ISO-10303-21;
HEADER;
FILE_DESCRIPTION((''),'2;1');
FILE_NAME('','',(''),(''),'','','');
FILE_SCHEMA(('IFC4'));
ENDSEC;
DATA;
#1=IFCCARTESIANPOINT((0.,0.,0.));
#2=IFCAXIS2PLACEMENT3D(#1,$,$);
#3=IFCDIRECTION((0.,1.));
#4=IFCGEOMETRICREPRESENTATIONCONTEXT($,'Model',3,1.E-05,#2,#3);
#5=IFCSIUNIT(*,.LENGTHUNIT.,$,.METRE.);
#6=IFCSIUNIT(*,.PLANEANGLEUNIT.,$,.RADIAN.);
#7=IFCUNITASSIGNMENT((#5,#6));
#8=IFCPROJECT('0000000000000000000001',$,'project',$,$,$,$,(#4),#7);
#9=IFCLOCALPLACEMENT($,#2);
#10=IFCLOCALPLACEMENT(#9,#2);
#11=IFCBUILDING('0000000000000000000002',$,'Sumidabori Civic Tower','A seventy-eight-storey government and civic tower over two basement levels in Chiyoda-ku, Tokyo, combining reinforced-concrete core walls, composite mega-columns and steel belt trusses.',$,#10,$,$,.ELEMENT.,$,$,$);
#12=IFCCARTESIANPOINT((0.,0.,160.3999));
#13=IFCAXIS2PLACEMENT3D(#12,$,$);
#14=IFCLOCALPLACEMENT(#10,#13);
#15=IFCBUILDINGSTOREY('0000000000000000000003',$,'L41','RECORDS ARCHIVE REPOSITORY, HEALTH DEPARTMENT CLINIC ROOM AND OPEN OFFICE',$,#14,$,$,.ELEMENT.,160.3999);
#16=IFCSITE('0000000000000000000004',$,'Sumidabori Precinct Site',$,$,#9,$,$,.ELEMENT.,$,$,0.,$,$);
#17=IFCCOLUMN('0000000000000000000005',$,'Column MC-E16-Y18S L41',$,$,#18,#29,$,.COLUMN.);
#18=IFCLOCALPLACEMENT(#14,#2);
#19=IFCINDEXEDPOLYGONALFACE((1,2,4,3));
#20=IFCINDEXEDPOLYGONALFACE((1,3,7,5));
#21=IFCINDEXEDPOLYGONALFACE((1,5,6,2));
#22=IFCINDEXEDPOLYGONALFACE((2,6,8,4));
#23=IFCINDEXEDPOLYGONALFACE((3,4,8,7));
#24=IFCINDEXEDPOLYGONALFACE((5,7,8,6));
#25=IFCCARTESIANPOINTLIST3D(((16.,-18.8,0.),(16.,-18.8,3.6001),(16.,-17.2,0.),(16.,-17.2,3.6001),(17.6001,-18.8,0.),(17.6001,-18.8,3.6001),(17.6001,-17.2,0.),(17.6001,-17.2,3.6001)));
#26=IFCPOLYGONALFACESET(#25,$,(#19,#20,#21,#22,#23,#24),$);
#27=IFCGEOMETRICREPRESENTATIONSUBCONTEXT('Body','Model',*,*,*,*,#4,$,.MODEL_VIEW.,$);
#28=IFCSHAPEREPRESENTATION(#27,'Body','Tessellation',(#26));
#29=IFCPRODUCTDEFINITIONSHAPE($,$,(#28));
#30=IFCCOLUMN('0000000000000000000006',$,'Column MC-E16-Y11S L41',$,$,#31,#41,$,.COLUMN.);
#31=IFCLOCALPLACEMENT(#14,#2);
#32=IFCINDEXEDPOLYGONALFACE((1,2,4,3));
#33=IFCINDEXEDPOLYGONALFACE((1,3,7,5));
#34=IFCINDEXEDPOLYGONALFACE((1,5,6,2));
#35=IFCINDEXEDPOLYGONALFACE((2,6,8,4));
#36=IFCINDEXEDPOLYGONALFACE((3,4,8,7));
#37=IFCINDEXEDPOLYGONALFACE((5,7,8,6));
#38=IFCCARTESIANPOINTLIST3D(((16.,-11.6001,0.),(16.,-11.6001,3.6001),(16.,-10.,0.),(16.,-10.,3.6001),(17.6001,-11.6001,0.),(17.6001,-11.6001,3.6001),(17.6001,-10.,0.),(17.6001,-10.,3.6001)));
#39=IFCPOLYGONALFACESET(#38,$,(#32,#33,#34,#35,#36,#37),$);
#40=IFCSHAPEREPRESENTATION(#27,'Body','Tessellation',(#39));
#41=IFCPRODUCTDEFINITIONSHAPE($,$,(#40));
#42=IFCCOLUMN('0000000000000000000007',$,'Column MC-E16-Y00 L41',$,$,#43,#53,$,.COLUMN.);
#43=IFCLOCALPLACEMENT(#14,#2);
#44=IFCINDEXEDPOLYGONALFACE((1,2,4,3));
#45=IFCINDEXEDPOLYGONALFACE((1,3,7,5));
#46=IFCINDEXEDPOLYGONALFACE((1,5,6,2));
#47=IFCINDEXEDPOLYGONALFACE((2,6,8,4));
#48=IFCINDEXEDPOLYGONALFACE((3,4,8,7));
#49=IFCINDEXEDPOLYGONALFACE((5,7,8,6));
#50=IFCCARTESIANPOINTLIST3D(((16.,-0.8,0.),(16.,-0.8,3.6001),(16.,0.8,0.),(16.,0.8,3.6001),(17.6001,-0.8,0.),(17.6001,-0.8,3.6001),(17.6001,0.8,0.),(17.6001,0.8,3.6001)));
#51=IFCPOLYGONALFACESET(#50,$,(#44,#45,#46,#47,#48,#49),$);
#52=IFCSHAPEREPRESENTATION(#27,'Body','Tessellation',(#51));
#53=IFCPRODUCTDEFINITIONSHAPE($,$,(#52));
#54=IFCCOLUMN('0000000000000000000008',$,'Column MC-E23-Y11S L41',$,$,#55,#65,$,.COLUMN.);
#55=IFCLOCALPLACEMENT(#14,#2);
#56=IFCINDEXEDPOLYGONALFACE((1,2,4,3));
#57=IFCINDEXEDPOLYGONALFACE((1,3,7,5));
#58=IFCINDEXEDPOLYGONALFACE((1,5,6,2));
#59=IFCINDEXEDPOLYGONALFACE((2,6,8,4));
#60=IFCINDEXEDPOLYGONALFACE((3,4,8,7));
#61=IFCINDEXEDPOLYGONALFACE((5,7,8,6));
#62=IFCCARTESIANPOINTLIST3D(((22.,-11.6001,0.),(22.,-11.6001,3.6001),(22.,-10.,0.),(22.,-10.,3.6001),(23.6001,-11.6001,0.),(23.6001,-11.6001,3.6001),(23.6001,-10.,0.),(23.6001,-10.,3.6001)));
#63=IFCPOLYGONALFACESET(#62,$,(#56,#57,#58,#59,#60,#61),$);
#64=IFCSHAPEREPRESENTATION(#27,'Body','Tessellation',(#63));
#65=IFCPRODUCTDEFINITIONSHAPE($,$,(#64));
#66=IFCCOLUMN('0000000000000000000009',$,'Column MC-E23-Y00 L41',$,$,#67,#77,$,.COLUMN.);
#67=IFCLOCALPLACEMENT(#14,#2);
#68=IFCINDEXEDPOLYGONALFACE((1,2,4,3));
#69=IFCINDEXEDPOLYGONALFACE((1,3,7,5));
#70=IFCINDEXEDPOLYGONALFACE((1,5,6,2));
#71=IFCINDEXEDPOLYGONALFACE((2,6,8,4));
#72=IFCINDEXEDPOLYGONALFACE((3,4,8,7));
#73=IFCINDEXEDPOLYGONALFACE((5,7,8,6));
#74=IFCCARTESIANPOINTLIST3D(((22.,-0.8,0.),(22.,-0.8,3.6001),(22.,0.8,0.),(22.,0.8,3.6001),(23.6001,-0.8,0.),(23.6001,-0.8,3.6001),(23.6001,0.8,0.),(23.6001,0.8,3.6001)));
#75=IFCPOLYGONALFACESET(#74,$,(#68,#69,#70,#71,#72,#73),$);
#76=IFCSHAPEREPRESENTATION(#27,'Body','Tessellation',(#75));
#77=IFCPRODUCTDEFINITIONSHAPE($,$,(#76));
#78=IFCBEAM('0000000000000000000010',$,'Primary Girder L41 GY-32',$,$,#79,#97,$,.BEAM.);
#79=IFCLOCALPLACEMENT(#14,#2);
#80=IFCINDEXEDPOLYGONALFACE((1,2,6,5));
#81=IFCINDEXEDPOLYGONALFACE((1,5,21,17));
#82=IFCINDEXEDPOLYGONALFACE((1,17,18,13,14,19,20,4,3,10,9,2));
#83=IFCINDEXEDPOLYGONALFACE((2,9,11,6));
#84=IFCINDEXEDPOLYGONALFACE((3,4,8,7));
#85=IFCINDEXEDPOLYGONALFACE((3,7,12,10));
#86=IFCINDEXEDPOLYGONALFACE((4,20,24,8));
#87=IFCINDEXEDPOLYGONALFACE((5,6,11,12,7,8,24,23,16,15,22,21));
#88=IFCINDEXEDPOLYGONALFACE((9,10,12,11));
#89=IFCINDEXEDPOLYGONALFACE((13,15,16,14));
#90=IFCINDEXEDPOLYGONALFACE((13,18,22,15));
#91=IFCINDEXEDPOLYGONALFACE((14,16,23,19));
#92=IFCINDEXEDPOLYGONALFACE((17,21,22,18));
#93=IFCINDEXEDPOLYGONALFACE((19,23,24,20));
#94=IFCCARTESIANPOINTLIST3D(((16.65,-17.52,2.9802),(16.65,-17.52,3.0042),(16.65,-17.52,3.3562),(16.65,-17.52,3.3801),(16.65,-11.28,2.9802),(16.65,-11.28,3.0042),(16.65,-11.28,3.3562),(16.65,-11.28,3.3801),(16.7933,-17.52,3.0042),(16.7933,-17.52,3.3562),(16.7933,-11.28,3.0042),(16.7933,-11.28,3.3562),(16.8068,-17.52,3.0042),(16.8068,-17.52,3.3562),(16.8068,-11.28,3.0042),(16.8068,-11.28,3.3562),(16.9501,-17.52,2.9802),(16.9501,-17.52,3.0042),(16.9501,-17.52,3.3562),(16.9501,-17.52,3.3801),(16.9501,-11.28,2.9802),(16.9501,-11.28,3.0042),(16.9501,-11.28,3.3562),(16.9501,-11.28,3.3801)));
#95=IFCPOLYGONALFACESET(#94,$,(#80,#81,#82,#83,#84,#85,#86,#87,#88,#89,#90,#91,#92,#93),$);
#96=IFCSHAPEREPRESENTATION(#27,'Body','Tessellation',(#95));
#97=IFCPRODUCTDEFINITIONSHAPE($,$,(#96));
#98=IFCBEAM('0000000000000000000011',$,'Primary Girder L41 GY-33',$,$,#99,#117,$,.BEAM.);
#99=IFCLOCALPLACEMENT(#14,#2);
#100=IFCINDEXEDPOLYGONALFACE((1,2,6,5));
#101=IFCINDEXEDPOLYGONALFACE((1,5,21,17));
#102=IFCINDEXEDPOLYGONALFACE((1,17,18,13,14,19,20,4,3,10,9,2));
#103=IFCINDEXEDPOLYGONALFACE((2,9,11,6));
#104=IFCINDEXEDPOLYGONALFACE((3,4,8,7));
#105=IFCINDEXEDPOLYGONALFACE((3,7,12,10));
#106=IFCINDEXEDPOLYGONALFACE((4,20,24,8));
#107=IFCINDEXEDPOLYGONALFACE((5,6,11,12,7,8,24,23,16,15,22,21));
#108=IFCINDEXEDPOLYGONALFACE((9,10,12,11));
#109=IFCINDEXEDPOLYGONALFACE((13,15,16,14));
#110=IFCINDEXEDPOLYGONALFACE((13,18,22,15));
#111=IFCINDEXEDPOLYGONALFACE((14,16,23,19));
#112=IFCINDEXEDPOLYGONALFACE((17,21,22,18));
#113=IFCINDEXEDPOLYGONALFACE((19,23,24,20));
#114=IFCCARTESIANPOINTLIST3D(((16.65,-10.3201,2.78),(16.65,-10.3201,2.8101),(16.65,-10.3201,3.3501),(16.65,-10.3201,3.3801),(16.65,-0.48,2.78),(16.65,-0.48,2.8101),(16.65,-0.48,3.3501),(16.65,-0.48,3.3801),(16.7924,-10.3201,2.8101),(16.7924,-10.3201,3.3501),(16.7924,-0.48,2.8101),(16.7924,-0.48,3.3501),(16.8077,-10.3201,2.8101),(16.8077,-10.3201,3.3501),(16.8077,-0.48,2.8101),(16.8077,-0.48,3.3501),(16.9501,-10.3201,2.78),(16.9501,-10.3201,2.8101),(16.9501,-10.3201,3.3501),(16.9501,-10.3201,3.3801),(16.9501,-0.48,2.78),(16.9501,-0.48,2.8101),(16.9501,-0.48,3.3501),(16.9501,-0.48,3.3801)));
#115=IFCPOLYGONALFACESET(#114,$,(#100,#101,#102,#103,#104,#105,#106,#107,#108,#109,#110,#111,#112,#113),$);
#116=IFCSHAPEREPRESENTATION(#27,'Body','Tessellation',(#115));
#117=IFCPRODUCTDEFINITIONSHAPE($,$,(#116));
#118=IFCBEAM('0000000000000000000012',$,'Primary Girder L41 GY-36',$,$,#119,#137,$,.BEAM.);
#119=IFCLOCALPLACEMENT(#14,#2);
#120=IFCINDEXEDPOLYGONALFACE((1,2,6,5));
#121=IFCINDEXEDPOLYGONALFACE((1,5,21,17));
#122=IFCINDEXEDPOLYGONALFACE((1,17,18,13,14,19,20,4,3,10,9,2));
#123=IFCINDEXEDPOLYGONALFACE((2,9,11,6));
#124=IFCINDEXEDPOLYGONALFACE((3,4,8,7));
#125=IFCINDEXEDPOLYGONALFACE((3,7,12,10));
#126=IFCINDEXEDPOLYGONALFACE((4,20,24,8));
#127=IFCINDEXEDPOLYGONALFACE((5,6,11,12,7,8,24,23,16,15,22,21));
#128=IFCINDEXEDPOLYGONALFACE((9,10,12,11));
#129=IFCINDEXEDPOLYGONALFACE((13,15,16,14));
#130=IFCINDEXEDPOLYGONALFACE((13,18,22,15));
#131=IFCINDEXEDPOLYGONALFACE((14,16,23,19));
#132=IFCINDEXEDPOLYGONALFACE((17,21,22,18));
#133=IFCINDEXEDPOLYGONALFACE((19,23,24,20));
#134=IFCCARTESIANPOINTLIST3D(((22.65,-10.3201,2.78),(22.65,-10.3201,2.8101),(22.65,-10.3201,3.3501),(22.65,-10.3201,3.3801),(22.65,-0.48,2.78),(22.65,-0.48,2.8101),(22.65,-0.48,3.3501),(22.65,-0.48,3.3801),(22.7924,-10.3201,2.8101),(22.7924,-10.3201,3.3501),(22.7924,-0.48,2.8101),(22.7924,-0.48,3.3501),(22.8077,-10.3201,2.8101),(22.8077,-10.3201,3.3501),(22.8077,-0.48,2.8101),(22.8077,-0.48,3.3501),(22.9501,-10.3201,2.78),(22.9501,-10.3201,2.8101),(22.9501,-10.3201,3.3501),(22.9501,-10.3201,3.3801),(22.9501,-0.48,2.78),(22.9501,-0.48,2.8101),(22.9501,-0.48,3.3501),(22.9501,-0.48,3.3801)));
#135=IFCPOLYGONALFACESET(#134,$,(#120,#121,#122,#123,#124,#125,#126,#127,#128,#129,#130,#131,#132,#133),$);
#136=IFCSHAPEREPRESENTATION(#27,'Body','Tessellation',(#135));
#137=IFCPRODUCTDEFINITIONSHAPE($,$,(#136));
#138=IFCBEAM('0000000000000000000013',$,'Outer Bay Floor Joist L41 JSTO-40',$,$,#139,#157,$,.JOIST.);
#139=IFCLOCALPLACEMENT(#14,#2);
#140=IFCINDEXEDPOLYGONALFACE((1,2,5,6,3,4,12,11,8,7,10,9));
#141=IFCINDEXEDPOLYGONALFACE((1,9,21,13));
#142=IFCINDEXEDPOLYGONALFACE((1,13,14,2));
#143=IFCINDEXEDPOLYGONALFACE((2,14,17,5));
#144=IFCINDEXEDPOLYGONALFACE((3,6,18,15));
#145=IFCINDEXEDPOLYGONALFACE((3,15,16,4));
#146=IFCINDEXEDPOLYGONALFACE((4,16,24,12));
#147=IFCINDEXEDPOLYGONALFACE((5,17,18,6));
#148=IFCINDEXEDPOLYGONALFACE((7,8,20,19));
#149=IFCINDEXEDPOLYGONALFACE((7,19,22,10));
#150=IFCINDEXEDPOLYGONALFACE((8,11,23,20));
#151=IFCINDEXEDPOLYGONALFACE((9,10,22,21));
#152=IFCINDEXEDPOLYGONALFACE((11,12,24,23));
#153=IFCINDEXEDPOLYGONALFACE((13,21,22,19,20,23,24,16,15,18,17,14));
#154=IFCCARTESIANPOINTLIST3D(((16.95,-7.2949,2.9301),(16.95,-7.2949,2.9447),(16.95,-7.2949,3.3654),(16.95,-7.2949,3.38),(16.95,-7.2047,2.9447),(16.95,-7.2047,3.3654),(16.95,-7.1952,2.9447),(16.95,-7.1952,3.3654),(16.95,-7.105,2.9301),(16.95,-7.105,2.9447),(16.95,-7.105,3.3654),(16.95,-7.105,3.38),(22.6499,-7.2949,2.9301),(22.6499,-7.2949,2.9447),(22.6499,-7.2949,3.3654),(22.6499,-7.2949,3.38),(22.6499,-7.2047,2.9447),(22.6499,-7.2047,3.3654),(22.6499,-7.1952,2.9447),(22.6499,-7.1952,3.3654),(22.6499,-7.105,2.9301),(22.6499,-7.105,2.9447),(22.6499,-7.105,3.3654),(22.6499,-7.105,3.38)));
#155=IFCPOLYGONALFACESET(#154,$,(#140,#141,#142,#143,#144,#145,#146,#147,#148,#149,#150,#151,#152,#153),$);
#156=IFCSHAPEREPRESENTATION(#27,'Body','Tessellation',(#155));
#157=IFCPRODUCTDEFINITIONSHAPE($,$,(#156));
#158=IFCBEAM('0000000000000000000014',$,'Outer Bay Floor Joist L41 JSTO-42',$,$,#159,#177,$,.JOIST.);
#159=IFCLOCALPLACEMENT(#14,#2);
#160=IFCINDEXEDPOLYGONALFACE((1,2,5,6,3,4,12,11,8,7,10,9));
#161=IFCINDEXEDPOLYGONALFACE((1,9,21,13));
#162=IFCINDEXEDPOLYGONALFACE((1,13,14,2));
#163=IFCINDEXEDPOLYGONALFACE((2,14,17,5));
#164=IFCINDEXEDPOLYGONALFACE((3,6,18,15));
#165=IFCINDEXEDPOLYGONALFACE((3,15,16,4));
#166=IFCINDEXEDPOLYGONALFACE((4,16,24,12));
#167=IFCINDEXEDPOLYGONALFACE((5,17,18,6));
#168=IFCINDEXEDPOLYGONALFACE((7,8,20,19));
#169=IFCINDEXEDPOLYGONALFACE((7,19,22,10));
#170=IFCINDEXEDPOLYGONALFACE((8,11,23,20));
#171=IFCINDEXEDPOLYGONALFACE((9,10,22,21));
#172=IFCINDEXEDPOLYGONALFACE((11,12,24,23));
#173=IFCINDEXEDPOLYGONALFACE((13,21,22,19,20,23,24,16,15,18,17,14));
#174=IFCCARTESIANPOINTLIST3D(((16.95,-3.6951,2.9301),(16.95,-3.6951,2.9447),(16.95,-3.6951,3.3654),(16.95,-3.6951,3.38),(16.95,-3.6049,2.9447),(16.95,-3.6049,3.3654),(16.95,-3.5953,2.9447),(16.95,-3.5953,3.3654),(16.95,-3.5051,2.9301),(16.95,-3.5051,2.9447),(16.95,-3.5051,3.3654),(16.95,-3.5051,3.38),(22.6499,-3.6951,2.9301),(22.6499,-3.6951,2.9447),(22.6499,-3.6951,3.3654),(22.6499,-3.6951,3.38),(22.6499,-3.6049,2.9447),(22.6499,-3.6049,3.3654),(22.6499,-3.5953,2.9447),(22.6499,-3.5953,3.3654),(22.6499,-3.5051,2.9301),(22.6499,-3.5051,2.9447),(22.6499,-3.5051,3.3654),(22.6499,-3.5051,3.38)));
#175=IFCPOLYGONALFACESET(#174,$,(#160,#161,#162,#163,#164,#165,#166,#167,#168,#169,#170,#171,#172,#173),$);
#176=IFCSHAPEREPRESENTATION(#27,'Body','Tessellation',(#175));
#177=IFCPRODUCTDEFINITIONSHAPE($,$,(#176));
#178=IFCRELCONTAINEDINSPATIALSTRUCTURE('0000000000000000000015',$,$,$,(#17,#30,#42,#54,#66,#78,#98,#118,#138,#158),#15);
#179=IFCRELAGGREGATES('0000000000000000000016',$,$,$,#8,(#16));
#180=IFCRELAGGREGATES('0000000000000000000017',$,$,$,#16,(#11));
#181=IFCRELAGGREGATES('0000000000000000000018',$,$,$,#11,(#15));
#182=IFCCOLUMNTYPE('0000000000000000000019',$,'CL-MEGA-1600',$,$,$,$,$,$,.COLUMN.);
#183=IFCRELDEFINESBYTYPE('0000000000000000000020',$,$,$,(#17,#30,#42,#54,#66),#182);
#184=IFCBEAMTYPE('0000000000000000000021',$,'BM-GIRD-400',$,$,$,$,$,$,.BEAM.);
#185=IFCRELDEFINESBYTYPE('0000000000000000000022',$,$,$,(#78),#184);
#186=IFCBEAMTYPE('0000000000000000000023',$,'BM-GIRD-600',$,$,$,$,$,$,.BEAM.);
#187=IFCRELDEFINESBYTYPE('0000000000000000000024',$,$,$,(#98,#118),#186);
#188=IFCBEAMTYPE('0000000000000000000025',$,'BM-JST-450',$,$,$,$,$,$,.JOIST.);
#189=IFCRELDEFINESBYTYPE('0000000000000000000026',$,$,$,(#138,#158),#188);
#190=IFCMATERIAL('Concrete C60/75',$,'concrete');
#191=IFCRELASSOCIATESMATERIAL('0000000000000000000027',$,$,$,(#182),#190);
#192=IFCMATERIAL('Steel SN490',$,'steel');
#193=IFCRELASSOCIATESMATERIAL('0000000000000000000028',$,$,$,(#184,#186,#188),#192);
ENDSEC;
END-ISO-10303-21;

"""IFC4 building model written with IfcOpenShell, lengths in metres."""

from ifc_helpers import new_model, si_unit, direction, frame, origin, origin_2d, place, context, subcontext, project, spatial, rectangle, i_section, extrude, source, transform, mapped, material, material_profile, profile_set, type_object, element, save


model = new_model("IFC4")

# Units and contexts
model_context = context("Model", 3, precision=1e-05, world=origin(), true_north=direction((0.0, 1.0)))
body_context = subcontext(model_context, "Body", "Model", "MODEL_VIEW")
ifc_project = project(units=[si_unit("LENGTHUNIT", "METRE"), si_unit("PLANEANGLEUNIT", "RADIAN")], contexts=[model_context])

# Site, building, storey
site_placement = place(None, origin())
site = spatial("IfcSite", under=ifc_project, at=site_placement, Name="Sumidabori Precinct Site", CompositionType="ELEMENT", RefElevation=0.0)
building_placement = place(site_placement, origin())
building = spatial("IfcBuilding", under=site, at=building_placement, Name="Sumidabori Civic Tower", Description="A seventy-eight-storey government and civic tower over two basement levels in Chiyoda-ku, Tokyo, combining reinforced-concrete core walls, composite mega-columns and steel belt trusses.", CompositionType="ELEMENT")
storey_placement = place(building_placement, frame((0.0, 0.0, 160.3999)))
storey = spatial("IfcBuildingStorey", under=building, at=storey_placement, Name="L41", Description="RECORDS ARCHIVE REPOSITORY, HEALTH DEPARTMENT CLINIC ROOM AND OPEN OFFICE", CompositionType="ELEMENT", Elevation=160.3999)

# Columns
ifc_material_1 = material(Name="Concrete C60/75", Category="concrete")
ifc_material_profile_1 = material_profile(ifc_material_1, rectangle(XDim=1.6001, YDim=1.6001, at=origin_2d()), Name="RC 1600x1600")
ifc_profile_set_1 = profile_set([ifc_material_profile_1], Name="Concrete C60/75")
column_type = type_object("IfcColumnType", Name="CL-MEGA-1600", PredefinedType="COLUMN", material=ifc_profile_set_1)
shared_shape_1 = source(origin(), body_context, "Body", "SweptSolid", [
    extrude(rectangle(XDim=1.6001, YDim=1.6001, at=origin_2d()), origin(), (0.0, 0.0, 1.0), 3.6001),
])
for number, where, z_axis, x_axis, name in (
    (1, (16.8, -18.0, 0.0), (0.0, 0.0, 1.0), (1.0, 0.0, 0.0), "Column MC-E16-Y18S L41"),
    (2, (16.8, -10.8, 0.0), (0.0, 0.0, 1.0), (1.0, 0.0, 0.0), "Column MC-E16-Y11S L41"),
    (3, (16.8, 0.0, 0.0), (0.0, 0.0, 1.0), (1.0, 0.0, 0.0), "Column MC-E16-Y00 L41"),
    (4, (22.8, -10.8, 0.0), (0.0, 0.0, 1.0), (1.0, 0.0, 0.0), "Column MC-E23-Y11S L41"),
    (5, (22.8, 0.0, 0.0), (0.0, 0.0, 1.0), (1.0, 0.0, 0.0), "Column MC-E23-Y00 L41"),
):
    element("IfcColumn", number, at=place(storey_placement, frame(where, z_axis=z_axis, x_axis=x_axis)), inside=storey, type_object=column_type, Name=name, PredefinedType="COLUMN", context=body_context, shape_type="MappedRepresentation", body=[
        mapped(shared_shape_1, transform((0.0, 0.0, 0.0), x_axis=(1.0, 0.0, 0.0), y_axis=(0.0, 1.0, 0.0), z_axis=(0.0, 0.0, 1.0), scale=1.0)),
    ])

# Beams
ifc_material_2 = material(Name="Steel SN490", Category="steel")
ifc_material_profile_2 = material_profile(ifc_material_2, i_section(OverallWidth=0.3, OverallDepth=0.3999, WebThickness=0.0134, FlangeThickness=0.0239, at=origin_2d()), Name="HE 400 B")
ifc_profile_set_2 = profile_set([ifc_material_profile_2], Name="Steel SN490")
beam_type_1 = type_object("IfcBeamType", Name="BM-GIRD-400", PredefinedType="BEAM", material=ifc_profile_set_2)
shared_shape_2 = source(origin(), body_context, "Body", "SweptSolid", [
    extrude(i_section(OverallWidth=0.3, OverallDepth=0.3999, WebThickness=0.0134, FlangeThickness=0.0239, at=origin_2d()), origin(), (0.0, 0.0, 1.0), 6.24),
])
beam_placement = place(storey_placement, frame((16.8, -17.52, 3.1802), z_axis=(0.0, 1.0, 0.0), x_axis=(-1.0, 0.0, 0.0)))
element("IfcBeam", 6, at=beam_placement, inside=storey, type_object=beam_type_1, Name="Primary Girder L41 GY-32", PredefinedType="BEAM", context=body_context, shape_type="MappedRepresentation", body=[
    mapped(shared_shape_2, transform((0.0, 0.0, 0.0), x_axis=(1.0, 0.0, 0.0), y_axis=(0.0, 1.0, 0.0), z_axis=(0.0, 0.0, 1.0), scale=1.0)),
])
ifc_material_profile_3 = material_profile(ifc_material_2, i_section(OverallWidth=0.3, OverallDepth=0.6001, WebThickness=0.0154, FlangeThickness=0.03, at=origin_2d()), Name="HE 600 B")
ifc_profile_set_3 = profile_set([ifc_material_profile_3], Name="Steel SN490")
beam_type_2 = type_object("IfcBeamType", Name="BM-GIRD-600", PredefinedType="BEAM", material=ifc_profile_set_3)
shared_shape_3 = source(origin(), body_context, "Body", "SweptSolid", [
    extrude(i_section(OverallWidth=0.3, OverallDepth=0.6001, WebThickness=0.0154, FlangeThickness=0.03, at=origin_2d()), origin(), (0.0, 0.0, 1.0), 9.8401),
])
for number, where, z_axis, x_axis, name in (
    (7, (16.8, -10.3201, 3.0801), (0.0, 1.0, 0.0), (-1.0, 0.0, 0.0), "Primary Girder L41 GY-33"),
    (8, (22.8, -10.3201, 3.0801), (0.0, 1.0, 0.0), (-1.0, 0.0, 0.0), "Primary Girder L41 GY-36"),
):
    element("IfcBeam", number, at=place(storey_placement, frame(where, z_axis=z_axis, x_axis=x_axis)), inside=storey, type_object=beam_type_2, Name=name, PredefinedType="BEAM", context=body_context, shape_type="MappedRepresentation", body=[
        mapped(shared_shape_3, transform((0.0, 0.0, 0.0), x_axis=(1.0, 0.0, 0.0), y_axis=(0.0, 1.0, 0.0), z_axis=(0.0, 0.0, 1.0), scale=1.0)),
    ])
ifc_material_profile_4 = material_profile(ifc_material_2, i_section(OverallWidth=0.1899, OverallDepth=0.45, WebThickness=0.0095, FlangeThickness=0.0146, at=origin_2d()), Name="IPE 450")
ifc_profile_set_4 = profile_set([ifc_material_profile_4], Name="Steel SN490")
beam_type_3 = type_object("IfcBeamType", Name="BM-JST-450", PredefinedType="JOIST", material=ifc_profile_set_4)
shared_shape_4 = source(origin(), body_context, "Body", "SweptSolid", [
    extrude(i_section(OverallWidth=0.1899, OverallDepth=0.45, WebThickness=0.0095, FlangeThickness=0.0146, at=origin_2d()), origin(), (0.0, 0.0, 1.0), 5.7),
])
for number, where, z_axis, x_axis, name in (
    (9, (16.95, -7.2, 3.155), (1.0, 0.0, 0.0), (0.0, 1.0, 0.0), "Outer Bay Floor Joist L41 JSTO-40"),
    (10, (16.95, -3.6001, 3.155), (1.0, 0.0, 0.0), (0.0, 1.0, 0.0), "Outer Bay Floor Joist L41 JSTO-42"),
):
    element("IfcBeam", number, at=place(storey_placement, frame(where, z_axis=z_axis, x_axis=x_axis)), inside=storey, type_object=beam_type_3, Name=name, PredefinedType="JOIST", context=body_context, shape_type="MappedRepresentation", body=[
        mapped(shared_shape_4, transform((0.0, 0.0, 0.0), x_axis=(1.0, 0.0, 0.0), y_axis=(0.0, 1.0, 0.0), z_axis=(0.0, 0.0, 1.0), scale=1.0)),
    ])

save(model, "model.ifc")
